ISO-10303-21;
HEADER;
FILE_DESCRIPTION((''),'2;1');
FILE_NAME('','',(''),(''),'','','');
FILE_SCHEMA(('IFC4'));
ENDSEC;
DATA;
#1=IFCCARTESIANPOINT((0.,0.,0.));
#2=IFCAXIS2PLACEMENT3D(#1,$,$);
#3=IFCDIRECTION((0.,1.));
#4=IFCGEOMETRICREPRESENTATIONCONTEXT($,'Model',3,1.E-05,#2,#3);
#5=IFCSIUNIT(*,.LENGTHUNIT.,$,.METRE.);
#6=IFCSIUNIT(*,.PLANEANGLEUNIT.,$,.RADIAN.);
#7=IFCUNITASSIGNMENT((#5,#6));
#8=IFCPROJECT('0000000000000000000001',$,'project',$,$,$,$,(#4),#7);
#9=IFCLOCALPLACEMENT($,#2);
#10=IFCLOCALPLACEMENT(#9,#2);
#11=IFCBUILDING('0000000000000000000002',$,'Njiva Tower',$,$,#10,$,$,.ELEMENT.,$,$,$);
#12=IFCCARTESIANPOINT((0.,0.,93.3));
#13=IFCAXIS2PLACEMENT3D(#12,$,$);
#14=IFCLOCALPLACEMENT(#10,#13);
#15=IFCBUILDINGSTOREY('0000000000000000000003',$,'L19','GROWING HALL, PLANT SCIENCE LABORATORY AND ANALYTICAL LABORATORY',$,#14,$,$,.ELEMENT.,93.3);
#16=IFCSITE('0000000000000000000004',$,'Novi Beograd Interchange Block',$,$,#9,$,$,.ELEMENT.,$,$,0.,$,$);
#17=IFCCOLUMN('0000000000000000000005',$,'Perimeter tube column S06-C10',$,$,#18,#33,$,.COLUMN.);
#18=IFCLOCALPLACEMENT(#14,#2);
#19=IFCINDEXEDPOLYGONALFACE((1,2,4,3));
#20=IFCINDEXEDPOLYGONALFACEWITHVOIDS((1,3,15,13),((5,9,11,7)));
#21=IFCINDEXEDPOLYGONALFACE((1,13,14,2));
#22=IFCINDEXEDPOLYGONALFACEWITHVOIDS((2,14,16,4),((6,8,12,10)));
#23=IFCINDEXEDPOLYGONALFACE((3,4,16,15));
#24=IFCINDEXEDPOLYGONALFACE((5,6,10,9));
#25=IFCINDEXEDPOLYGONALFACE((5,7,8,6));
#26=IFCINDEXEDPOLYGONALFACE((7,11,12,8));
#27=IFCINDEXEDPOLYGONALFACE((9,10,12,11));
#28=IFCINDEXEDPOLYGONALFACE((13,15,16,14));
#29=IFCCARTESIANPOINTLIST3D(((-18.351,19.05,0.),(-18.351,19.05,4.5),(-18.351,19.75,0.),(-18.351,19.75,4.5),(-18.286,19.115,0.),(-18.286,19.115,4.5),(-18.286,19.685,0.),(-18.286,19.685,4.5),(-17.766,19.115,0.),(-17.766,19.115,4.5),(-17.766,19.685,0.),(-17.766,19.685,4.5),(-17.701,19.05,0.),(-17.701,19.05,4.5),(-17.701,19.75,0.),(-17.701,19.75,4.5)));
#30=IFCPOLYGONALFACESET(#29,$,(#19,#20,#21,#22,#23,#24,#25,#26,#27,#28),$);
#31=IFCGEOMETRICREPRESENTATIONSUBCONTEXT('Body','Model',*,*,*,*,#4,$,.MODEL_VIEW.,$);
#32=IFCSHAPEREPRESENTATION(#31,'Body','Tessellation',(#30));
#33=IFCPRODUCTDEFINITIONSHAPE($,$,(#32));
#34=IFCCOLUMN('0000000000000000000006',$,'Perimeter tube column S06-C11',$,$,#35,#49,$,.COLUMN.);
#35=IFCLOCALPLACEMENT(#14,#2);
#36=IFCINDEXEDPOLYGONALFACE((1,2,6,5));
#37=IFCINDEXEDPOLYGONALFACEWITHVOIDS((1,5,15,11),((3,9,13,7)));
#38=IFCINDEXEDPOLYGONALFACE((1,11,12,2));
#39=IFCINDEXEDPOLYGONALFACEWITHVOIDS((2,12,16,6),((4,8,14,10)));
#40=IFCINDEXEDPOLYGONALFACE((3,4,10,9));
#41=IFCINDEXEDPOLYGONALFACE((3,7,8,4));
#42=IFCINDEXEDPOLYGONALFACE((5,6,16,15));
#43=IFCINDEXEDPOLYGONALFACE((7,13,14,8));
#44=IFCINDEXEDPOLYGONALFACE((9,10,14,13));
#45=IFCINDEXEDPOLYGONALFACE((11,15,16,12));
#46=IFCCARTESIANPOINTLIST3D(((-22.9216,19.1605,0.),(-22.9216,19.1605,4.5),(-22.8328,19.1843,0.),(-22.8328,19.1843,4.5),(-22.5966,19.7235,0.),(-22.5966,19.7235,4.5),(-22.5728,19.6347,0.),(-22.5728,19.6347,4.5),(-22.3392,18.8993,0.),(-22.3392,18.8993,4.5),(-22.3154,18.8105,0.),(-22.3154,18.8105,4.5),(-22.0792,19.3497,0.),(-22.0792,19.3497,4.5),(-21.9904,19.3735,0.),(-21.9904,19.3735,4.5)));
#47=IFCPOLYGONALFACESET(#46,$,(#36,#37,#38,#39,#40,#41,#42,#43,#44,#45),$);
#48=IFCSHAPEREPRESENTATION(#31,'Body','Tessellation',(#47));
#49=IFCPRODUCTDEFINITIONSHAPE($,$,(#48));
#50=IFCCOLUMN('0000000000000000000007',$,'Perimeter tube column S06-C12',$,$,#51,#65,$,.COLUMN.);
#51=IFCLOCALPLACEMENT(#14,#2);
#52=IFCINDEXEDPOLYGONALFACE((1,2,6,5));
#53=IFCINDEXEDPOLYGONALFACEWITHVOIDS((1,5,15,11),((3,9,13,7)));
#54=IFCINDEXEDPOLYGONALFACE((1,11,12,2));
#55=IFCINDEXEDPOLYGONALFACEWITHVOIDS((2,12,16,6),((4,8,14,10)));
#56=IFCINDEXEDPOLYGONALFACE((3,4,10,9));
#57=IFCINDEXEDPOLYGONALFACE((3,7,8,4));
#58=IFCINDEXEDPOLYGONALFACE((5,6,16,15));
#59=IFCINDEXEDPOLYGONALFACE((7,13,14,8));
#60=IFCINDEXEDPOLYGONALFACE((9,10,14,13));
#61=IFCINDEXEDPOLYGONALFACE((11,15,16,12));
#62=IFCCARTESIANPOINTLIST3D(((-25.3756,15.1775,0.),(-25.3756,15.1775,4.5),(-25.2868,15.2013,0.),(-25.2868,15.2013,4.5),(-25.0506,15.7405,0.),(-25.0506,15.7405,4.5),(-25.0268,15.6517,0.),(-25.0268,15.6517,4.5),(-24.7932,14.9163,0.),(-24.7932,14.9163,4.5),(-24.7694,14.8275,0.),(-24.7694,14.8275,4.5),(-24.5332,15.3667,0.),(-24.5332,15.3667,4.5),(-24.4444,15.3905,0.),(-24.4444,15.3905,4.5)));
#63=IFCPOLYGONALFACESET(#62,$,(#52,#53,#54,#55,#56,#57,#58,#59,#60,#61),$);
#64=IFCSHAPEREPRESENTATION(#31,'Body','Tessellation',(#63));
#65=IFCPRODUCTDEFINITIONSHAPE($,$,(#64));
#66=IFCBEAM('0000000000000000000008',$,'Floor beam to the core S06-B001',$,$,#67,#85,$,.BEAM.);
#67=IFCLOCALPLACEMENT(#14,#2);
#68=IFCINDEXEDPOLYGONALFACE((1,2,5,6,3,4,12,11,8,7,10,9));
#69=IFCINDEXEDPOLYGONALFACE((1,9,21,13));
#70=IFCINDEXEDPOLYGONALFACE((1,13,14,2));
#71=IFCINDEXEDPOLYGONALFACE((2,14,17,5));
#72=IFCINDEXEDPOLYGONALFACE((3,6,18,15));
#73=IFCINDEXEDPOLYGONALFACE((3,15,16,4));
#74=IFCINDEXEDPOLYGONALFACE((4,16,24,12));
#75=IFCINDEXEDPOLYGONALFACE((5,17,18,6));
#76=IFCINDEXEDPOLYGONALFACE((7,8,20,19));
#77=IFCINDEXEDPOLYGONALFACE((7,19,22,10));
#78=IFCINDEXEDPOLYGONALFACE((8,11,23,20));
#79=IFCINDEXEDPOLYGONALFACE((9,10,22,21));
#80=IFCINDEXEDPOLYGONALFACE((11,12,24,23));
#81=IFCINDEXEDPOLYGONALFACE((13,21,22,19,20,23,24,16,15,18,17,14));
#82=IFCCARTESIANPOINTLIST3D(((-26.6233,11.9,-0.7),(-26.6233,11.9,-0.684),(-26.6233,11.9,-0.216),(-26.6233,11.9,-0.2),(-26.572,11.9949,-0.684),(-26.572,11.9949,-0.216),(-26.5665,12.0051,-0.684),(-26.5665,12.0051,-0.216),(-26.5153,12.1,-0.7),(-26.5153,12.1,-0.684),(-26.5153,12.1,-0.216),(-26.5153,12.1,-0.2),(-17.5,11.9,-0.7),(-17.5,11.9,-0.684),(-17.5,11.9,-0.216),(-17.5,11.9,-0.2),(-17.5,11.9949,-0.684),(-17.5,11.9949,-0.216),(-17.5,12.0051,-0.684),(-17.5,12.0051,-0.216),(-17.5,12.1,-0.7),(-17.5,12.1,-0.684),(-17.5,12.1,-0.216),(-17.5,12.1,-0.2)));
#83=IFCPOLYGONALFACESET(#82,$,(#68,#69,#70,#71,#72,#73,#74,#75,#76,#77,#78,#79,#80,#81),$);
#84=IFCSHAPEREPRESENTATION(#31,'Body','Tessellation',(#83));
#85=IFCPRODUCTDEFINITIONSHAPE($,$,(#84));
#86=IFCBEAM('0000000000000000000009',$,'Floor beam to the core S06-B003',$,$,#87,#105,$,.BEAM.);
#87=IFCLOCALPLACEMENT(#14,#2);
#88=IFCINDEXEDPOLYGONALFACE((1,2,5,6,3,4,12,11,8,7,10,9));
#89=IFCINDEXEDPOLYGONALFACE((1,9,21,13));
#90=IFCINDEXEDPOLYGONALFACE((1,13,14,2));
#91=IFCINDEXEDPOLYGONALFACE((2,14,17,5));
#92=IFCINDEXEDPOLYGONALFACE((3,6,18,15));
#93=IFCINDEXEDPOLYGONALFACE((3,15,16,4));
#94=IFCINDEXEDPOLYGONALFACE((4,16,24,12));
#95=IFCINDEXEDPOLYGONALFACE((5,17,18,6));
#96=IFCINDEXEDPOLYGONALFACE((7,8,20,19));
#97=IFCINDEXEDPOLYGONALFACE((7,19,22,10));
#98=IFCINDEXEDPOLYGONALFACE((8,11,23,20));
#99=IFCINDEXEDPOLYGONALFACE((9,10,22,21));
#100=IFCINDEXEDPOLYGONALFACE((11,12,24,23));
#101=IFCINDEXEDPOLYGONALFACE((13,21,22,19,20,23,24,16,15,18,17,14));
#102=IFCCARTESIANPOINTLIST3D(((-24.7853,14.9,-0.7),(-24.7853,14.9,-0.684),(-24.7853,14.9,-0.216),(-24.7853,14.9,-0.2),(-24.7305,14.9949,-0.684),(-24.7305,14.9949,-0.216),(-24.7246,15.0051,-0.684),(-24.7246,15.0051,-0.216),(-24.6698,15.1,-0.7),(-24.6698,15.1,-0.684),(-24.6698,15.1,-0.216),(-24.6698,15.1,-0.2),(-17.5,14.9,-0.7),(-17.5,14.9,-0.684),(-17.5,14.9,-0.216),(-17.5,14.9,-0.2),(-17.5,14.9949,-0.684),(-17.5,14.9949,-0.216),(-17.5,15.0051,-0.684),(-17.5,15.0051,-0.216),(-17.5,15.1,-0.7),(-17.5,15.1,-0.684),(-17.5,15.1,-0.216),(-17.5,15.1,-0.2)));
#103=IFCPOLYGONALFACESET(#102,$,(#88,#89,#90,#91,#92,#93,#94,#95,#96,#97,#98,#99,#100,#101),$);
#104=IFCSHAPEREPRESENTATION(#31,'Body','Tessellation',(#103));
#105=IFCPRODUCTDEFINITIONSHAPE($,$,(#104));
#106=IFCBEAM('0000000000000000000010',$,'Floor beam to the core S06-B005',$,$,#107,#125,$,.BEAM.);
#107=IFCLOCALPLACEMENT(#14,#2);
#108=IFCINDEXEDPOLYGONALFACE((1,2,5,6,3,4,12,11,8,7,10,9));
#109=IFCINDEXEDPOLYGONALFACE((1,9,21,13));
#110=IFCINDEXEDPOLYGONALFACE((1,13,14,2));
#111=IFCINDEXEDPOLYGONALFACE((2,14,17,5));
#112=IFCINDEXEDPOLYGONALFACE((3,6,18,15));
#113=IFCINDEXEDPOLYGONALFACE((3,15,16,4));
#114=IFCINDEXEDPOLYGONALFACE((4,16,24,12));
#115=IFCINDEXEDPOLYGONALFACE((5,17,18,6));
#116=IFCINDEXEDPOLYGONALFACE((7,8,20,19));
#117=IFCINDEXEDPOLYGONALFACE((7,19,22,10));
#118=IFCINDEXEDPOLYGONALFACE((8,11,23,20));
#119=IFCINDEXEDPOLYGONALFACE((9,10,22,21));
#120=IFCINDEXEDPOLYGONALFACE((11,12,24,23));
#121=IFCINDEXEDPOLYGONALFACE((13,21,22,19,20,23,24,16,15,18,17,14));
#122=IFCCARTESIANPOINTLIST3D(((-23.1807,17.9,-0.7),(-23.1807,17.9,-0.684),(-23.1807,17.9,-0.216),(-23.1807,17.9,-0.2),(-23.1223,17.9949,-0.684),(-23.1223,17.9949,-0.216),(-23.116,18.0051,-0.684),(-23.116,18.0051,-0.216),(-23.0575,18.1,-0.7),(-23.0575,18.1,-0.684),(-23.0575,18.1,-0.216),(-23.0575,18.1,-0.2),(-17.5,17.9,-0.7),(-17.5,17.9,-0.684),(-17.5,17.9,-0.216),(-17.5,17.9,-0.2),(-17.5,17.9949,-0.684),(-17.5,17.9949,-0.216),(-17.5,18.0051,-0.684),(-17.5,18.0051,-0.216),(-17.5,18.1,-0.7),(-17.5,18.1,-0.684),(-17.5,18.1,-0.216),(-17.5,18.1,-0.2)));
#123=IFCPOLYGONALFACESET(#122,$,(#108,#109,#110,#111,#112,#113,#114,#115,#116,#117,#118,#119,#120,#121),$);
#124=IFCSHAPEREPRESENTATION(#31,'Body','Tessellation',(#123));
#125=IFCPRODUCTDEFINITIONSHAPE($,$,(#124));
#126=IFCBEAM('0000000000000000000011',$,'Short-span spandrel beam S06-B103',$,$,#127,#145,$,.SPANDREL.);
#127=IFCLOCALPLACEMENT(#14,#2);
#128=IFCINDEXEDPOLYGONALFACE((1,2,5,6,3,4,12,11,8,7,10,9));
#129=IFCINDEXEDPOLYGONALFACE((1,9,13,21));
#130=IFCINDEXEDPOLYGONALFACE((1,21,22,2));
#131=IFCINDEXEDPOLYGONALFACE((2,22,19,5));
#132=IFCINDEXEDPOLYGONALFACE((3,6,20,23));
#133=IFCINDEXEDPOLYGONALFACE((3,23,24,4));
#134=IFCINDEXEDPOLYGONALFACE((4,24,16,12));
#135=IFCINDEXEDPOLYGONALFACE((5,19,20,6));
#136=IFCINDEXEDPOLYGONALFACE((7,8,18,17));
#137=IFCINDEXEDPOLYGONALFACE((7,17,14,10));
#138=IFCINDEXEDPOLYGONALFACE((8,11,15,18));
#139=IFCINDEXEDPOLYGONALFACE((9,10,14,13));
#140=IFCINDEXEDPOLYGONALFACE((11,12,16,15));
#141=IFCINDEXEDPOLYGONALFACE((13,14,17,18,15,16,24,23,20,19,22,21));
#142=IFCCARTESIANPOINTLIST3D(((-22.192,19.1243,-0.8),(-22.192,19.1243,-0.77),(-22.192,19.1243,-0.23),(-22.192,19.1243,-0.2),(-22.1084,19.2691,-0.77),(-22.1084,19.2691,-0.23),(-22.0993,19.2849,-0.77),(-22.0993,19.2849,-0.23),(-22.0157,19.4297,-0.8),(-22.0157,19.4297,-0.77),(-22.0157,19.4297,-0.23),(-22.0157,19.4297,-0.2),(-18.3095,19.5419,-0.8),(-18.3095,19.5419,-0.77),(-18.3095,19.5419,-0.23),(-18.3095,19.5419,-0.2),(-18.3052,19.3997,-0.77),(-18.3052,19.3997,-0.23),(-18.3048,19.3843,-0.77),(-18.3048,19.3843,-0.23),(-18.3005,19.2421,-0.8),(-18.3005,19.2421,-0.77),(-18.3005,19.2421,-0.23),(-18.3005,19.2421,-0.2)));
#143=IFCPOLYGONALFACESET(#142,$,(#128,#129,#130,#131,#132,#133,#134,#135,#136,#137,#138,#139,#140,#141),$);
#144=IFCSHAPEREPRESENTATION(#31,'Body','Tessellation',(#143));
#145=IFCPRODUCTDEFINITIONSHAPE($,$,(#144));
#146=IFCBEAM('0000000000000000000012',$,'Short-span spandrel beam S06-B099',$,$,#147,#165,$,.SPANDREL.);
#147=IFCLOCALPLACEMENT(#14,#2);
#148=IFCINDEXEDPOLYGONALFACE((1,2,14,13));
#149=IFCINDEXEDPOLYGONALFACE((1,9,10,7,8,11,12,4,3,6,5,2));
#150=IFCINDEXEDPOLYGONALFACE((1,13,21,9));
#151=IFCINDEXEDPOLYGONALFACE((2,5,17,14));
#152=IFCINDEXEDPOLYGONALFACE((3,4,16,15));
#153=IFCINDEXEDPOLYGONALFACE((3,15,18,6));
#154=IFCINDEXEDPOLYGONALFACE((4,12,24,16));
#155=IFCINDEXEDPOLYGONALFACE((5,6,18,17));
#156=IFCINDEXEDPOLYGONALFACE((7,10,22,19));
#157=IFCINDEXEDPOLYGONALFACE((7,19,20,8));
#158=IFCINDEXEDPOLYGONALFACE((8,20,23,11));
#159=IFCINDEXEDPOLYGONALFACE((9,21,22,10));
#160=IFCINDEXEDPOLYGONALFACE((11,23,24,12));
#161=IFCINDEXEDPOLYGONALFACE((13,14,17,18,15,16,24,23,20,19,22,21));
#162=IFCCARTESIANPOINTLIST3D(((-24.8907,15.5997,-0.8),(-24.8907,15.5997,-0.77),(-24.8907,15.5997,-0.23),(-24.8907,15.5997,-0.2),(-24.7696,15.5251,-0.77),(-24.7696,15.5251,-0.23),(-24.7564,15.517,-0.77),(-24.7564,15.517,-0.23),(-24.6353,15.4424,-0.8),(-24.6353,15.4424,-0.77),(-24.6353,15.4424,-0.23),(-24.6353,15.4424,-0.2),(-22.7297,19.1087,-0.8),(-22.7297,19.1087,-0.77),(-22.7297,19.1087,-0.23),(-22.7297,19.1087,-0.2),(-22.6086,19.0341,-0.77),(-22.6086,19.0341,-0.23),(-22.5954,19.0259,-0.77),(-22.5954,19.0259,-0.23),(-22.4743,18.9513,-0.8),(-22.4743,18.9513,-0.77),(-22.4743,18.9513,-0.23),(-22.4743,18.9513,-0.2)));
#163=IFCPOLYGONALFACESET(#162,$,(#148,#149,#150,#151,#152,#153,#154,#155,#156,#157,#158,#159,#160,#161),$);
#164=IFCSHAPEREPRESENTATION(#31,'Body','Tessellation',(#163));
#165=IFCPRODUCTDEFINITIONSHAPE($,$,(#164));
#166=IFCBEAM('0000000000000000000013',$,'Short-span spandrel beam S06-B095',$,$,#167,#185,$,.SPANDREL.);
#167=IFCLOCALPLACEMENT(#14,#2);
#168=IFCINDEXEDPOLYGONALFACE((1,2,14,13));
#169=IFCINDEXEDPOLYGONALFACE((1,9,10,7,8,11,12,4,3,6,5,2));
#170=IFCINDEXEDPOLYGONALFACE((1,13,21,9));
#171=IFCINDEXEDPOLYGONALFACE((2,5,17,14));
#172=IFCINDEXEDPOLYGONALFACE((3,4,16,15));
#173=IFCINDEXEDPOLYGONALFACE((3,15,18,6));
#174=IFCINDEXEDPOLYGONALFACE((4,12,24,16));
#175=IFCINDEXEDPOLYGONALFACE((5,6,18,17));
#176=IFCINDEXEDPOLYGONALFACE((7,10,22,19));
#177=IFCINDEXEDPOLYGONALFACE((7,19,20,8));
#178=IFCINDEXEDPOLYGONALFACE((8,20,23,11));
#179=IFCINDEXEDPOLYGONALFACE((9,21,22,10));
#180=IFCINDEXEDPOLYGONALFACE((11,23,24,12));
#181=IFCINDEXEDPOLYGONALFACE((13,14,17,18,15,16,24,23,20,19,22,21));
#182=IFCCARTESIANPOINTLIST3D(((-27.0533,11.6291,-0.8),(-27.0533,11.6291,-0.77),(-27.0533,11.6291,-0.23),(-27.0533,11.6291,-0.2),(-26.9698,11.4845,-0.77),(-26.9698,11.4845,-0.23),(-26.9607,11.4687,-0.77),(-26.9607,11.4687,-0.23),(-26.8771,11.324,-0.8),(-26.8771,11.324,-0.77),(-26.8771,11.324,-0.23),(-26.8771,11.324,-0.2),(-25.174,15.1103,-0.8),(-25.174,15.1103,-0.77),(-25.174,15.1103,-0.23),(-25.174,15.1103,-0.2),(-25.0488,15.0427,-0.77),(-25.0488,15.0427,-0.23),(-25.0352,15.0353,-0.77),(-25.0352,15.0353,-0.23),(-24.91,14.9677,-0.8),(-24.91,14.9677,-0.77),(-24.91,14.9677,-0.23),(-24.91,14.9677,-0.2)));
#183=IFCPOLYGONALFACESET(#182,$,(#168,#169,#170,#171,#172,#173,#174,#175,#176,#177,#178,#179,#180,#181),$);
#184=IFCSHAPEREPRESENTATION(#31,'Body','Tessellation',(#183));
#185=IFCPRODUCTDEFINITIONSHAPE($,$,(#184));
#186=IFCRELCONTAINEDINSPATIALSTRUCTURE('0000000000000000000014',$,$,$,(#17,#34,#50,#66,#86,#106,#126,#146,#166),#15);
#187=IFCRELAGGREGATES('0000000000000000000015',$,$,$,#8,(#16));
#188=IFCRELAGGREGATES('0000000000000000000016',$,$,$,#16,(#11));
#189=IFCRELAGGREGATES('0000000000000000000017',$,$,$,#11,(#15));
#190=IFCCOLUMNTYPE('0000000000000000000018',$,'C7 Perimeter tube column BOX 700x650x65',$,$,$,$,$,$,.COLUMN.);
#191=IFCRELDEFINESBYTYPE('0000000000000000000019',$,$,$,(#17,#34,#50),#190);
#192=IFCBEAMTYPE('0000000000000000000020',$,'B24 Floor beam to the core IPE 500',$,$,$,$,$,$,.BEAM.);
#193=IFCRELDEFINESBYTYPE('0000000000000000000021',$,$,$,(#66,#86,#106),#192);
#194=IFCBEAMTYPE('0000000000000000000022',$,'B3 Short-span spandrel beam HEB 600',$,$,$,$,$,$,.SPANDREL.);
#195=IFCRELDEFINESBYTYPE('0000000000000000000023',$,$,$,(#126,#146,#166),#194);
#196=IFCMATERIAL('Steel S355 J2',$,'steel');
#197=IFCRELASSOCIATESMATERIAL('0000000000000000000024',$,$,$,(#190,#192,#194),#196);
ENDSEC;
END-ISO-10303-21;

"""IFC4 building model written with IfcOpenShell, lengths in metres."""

from ifc_helpers import new_model, si_unit, direction, frame, origin, origin_2d, place, context, subcontext, project, spatial, hollow_rectangle, i_section, extrude, clip, halfspace, material, material_profile, profile_set, type_object, element, save


model = new_model("IFC4")

# Units and contexts
model_context = context("Model", 3, precision=1e-05, world=origin(), true_north=direction((0.0, 1.0)))
body_context = subcontext(model_context, "Body", "Model", "MODEL_VIEW")
ifc_project = project(units=[si_unit("LENGTHUNIT", "METRE"), si_unit("PLANEANGLEUNIT", "RADIAN")], contexts=[model_context])

# Site, building, storey
site_placement = place(None, origin())
site = spatial("IfcSite", under=ifc_project, at=site_placement, Name="Novi Beograd Interchange Block", CompositionType="ELEMENT", RefElevation=0.0)
building_placement = place(site_placement, origin())
building = spatial("IfcBuilding", under=site, at=building_placement, Name="Njiva Tower", CompositionType="ELEMENT")
storey_placement = place(building_placement, frame((0.0, 0.0, 93.3)))
storey = spatial("IfcBuildingStorey", under=building, at=storey_placement, Name="L19", Description="GROWING HALL, PLANT SCIENCE LABORATORY AND ANALYTICAL LABORATORY", CompositionType="ELEMENT", Elevation=93.3)

# Columns
ifc_material_1 = material(Name="Steel S355 J2", Category="steel")
ifc_material_profile_1 = material_profile(ifc_material_1, hollow_rectangle(XDim=0.65, YDim=0.7, WallThickness=0.065, at=origin_2d()), Name="BOX 700x650x65")
ifc_profile_set_1 = profile_set([ifc_material_profile_1], Name="Steel S355 J2")
column_type = type_object("IfcColumnType", Name="C7 Perimeter tube column BOX 700x650x65", PredefinedType="COLUMN", material=ifc_profile_set_1)
for number, where, z_axis, x_axis, name in (
    (1, (-18.026, 19.4, 0.0), (0.0, 0.0, 1.0), (-1.0, 0.0, 0.0), "Perimeter tube column S06-C10"),
    (2, (-22.456, 19.267, 0.0), (0.0, 0.0, 1.0), (-0.5, -0.866025, 0.0), "Perimeter tube column S06-C11"),
    (3, (-24.91, 15.284, 0.0), (0.0, 0.0, 1.0), (-0.5, -0.866025, 0.0), "Perimeter tube column S06-C12"),
):
    element("IfcColumn", number, at=place(storey_placement, frame(where, z_axis=z_axis, x_axis=x_axis)), inside=storey, type_object=column_type, Name=name, PredefinedType="COLUMN", context=body_context, shape_type="SweptSolid", body=[
        extrude(hollow_rectangle(XDim=0.65, YDim=0.7, WallThickness=0.065, at=origin_2d()), origin(), (0.0, 0.0, 1.0), 4.5),
    ])

# Beams
ifc_material_profile_2 = material_profile(ifc_material_1, i_section(OverallWidth=0.2, OverallDepth=0.5, WebThickness=0.0102, FlangeThickness=0.016, at=origin_2d()), Name="IPE 500")
ifc_profile_set_2 = profile_set([ifc_material_profile_2], Name="Steel S355 J2")
beam_type_1 = type_object("IfcBeamType", Name="B24 Floor beam to the core IPE 500", PredefinedType="BEAM", material=ifc_profile_set_2)
beam_1_placement = place(storey_placement, frame((-26.643, 12.0, -0.45), z_axis=(1.0, 0.0, 0.0), x_axis=(0.0, 1.0, 0.0)))
element("IfcBeam", 4, at=beam_1_placement, inside=storey, type_object=beam_type_1, Name="Floor beam to the core S06-B001", PredefinedType="BEAM", context=body_context, shape_type="Clipping", body=[
    clip(extrude(i_section(OverallWidth=0.2, OverallDepth=0.5, WebThickness=0.0102, FlangeThickness=0.016, at=origin_2d()), origin(), (0.0, 0.0, 1.0), 9.143), halfspace(frame((0.0238, 0.0, 0.0866), z_axis=(0.47516, 0.0, -0.8799), x_axis=(0.0, -1.0, 0.0)), False)),
])
beam_2_placement = place(storey_placement, frame((-24.806, 15.0, -0.45), z_axis=(1.0, 0.0, 0.0), x_axis=(0.0, 1.0, 0.0)))
element("IfcBeam", 5, at=beam_2_placement, inside=storey, type_object=beam_type_1, Name="Floor beam to the core S06-B003", PredefinedType="BEAM", context=body_context, shape_type="Clipping", body=[
    clip(extrude(i_section(OverallWidth=0.2, OverallDepth=0.5, WebThickness=0.0102, FlangeThickness=0.016, at=origin_2d()), origin(), (0.0, 0.0, 1.0), 7.306), halfspace(frame((0.025, 0.0, 0.0929), z_axis=(0.499998, 0.0, -0.866027), x_axis=(0.0, -1.0, 0.0)), False)),
])
beam_3_placement = place(storey_placement, frame((-23.201, 18.0, -0.45), z_axis=(1.0, 0.0, 0.0), x_axis=(0.0, 1.0, 0.0)))
element("IfcBeam", 6, at=beam_3_placement, inside=storey, type_object=beam_type_1, Name="Floor beam to the core S06-B005", PredefinedType="BEAM", context=body_context, shape_type="Clipping", body=[
    clip(extrude(i_section(OverallWidth=0.2, OverallDepth=0.5, WebThickness=0.0102, FlangeThickness=0.016, at=origin_2d()), origin(), (0.0, 0.0, 1.0), 5.701), halfspace(frame((0.0262, 0.0, 0.098), z_axis=(0.524439, 0.0, -0.851448), x_axis=(0.0, -1.0, 0.0)), False)),
])
ifc_material_profile_3 = material_profile(ifc_material_1, i_section(OverallWidth=0.3, OverallDepth=0.6, WebThickness=0.0155, FlangeThickness=0.03, at=origin_2d()), Name="HEB 600")
ifc_profile_set_3 = profile_set([ifc_material_profile_3], Name="Steel S355 J2")
beam_type_2 = type_object("IfcBeamType", Name="B3 Short-span spandrel beam HEB 600", PredefinedType="SPANDREL", material=ifc_profile_set_3)
beam_4_placement = place(storey_placement, frame((-18.305, 19.392, -0.5), z_axis=(-0.999542, -0.030257, 0.0), x_axis=(0.030257, -0.999542, 0.0)))
element("IfcBeam", 7, at=beam_4_placement, inside=storey, type_object=beam_type_2, Name="Short-span spandrel beam S06-B103", PredefinedType="SPANDREL", context=body_context, shape_type="Clipping", body=[
    clip(extrude(i_section(OverallWidth=0.3, OverallDepth=0.6, WebThickness=0.0155, FlangeThickness=0.03, at=origin_2d()), origin(), (0.0, 0.0, 1.0), 3.9137), halfspace(frame((-0.0268, 0.0, 3.784), z_axis=(-0.525973, 0.0, 0.850501), x_axis=(0.0, 1.0, 0.0)), False)),
])
beam_5_placement = place(storey_placement, frame((-22.602, 19.03, -0.5), z_axis=(-0.524382, -0.851483, 0.0), x_axis=(0.851483, -0.524382, 0.0)))
element("IfcBeam", 8, at=beam_5_placement, inside=storey, type_object=beam_type_2, Name="Short-span spandrel beam S06-B099", PredefinedType="SPANDREL", context=body_context, shape_type="SweptSolid", body=[
    extrude(i_section(OverallWidth=0.3, OverallDepth=0.6, WebThickness=0.0155, FlangeThickness=0.03, at=origin_2d()), origin(), (0.0, 0.0, 1.0), 4.121),
])
beam_6_placement = place(storey_placement, frame((-25.042, 15.039, -0.5), z_axis=(-0.475057, -0.879955, 0.0), x_axis=(0.879955, -0.475057, 0.0)))
element("IfcBeam", 9, at=beam_6_placement, inside=storey, type_object=beam_type_2, Name="Short-span spandrel beam S06-B095", PredefinedType="SPANDREL", context=body_context, shape_type="Clipping", body=[
    clip(extrude(i_section(OverallWidth=0.3, OverallDepth=0.6, WebThickness=0.0155, FlangeThickness=0.03, at=origin_2d()), origin(), (0.0, 0.0, 1.0), 4.1599), halfspace(frame((-0.0265, 0.0, 4.0321), z_axis=(-0.524537, 0.0, 0.851388), x_axis=(0.0, 1.0, 0.0)), False)),
])

save(model, "model.ifc")
